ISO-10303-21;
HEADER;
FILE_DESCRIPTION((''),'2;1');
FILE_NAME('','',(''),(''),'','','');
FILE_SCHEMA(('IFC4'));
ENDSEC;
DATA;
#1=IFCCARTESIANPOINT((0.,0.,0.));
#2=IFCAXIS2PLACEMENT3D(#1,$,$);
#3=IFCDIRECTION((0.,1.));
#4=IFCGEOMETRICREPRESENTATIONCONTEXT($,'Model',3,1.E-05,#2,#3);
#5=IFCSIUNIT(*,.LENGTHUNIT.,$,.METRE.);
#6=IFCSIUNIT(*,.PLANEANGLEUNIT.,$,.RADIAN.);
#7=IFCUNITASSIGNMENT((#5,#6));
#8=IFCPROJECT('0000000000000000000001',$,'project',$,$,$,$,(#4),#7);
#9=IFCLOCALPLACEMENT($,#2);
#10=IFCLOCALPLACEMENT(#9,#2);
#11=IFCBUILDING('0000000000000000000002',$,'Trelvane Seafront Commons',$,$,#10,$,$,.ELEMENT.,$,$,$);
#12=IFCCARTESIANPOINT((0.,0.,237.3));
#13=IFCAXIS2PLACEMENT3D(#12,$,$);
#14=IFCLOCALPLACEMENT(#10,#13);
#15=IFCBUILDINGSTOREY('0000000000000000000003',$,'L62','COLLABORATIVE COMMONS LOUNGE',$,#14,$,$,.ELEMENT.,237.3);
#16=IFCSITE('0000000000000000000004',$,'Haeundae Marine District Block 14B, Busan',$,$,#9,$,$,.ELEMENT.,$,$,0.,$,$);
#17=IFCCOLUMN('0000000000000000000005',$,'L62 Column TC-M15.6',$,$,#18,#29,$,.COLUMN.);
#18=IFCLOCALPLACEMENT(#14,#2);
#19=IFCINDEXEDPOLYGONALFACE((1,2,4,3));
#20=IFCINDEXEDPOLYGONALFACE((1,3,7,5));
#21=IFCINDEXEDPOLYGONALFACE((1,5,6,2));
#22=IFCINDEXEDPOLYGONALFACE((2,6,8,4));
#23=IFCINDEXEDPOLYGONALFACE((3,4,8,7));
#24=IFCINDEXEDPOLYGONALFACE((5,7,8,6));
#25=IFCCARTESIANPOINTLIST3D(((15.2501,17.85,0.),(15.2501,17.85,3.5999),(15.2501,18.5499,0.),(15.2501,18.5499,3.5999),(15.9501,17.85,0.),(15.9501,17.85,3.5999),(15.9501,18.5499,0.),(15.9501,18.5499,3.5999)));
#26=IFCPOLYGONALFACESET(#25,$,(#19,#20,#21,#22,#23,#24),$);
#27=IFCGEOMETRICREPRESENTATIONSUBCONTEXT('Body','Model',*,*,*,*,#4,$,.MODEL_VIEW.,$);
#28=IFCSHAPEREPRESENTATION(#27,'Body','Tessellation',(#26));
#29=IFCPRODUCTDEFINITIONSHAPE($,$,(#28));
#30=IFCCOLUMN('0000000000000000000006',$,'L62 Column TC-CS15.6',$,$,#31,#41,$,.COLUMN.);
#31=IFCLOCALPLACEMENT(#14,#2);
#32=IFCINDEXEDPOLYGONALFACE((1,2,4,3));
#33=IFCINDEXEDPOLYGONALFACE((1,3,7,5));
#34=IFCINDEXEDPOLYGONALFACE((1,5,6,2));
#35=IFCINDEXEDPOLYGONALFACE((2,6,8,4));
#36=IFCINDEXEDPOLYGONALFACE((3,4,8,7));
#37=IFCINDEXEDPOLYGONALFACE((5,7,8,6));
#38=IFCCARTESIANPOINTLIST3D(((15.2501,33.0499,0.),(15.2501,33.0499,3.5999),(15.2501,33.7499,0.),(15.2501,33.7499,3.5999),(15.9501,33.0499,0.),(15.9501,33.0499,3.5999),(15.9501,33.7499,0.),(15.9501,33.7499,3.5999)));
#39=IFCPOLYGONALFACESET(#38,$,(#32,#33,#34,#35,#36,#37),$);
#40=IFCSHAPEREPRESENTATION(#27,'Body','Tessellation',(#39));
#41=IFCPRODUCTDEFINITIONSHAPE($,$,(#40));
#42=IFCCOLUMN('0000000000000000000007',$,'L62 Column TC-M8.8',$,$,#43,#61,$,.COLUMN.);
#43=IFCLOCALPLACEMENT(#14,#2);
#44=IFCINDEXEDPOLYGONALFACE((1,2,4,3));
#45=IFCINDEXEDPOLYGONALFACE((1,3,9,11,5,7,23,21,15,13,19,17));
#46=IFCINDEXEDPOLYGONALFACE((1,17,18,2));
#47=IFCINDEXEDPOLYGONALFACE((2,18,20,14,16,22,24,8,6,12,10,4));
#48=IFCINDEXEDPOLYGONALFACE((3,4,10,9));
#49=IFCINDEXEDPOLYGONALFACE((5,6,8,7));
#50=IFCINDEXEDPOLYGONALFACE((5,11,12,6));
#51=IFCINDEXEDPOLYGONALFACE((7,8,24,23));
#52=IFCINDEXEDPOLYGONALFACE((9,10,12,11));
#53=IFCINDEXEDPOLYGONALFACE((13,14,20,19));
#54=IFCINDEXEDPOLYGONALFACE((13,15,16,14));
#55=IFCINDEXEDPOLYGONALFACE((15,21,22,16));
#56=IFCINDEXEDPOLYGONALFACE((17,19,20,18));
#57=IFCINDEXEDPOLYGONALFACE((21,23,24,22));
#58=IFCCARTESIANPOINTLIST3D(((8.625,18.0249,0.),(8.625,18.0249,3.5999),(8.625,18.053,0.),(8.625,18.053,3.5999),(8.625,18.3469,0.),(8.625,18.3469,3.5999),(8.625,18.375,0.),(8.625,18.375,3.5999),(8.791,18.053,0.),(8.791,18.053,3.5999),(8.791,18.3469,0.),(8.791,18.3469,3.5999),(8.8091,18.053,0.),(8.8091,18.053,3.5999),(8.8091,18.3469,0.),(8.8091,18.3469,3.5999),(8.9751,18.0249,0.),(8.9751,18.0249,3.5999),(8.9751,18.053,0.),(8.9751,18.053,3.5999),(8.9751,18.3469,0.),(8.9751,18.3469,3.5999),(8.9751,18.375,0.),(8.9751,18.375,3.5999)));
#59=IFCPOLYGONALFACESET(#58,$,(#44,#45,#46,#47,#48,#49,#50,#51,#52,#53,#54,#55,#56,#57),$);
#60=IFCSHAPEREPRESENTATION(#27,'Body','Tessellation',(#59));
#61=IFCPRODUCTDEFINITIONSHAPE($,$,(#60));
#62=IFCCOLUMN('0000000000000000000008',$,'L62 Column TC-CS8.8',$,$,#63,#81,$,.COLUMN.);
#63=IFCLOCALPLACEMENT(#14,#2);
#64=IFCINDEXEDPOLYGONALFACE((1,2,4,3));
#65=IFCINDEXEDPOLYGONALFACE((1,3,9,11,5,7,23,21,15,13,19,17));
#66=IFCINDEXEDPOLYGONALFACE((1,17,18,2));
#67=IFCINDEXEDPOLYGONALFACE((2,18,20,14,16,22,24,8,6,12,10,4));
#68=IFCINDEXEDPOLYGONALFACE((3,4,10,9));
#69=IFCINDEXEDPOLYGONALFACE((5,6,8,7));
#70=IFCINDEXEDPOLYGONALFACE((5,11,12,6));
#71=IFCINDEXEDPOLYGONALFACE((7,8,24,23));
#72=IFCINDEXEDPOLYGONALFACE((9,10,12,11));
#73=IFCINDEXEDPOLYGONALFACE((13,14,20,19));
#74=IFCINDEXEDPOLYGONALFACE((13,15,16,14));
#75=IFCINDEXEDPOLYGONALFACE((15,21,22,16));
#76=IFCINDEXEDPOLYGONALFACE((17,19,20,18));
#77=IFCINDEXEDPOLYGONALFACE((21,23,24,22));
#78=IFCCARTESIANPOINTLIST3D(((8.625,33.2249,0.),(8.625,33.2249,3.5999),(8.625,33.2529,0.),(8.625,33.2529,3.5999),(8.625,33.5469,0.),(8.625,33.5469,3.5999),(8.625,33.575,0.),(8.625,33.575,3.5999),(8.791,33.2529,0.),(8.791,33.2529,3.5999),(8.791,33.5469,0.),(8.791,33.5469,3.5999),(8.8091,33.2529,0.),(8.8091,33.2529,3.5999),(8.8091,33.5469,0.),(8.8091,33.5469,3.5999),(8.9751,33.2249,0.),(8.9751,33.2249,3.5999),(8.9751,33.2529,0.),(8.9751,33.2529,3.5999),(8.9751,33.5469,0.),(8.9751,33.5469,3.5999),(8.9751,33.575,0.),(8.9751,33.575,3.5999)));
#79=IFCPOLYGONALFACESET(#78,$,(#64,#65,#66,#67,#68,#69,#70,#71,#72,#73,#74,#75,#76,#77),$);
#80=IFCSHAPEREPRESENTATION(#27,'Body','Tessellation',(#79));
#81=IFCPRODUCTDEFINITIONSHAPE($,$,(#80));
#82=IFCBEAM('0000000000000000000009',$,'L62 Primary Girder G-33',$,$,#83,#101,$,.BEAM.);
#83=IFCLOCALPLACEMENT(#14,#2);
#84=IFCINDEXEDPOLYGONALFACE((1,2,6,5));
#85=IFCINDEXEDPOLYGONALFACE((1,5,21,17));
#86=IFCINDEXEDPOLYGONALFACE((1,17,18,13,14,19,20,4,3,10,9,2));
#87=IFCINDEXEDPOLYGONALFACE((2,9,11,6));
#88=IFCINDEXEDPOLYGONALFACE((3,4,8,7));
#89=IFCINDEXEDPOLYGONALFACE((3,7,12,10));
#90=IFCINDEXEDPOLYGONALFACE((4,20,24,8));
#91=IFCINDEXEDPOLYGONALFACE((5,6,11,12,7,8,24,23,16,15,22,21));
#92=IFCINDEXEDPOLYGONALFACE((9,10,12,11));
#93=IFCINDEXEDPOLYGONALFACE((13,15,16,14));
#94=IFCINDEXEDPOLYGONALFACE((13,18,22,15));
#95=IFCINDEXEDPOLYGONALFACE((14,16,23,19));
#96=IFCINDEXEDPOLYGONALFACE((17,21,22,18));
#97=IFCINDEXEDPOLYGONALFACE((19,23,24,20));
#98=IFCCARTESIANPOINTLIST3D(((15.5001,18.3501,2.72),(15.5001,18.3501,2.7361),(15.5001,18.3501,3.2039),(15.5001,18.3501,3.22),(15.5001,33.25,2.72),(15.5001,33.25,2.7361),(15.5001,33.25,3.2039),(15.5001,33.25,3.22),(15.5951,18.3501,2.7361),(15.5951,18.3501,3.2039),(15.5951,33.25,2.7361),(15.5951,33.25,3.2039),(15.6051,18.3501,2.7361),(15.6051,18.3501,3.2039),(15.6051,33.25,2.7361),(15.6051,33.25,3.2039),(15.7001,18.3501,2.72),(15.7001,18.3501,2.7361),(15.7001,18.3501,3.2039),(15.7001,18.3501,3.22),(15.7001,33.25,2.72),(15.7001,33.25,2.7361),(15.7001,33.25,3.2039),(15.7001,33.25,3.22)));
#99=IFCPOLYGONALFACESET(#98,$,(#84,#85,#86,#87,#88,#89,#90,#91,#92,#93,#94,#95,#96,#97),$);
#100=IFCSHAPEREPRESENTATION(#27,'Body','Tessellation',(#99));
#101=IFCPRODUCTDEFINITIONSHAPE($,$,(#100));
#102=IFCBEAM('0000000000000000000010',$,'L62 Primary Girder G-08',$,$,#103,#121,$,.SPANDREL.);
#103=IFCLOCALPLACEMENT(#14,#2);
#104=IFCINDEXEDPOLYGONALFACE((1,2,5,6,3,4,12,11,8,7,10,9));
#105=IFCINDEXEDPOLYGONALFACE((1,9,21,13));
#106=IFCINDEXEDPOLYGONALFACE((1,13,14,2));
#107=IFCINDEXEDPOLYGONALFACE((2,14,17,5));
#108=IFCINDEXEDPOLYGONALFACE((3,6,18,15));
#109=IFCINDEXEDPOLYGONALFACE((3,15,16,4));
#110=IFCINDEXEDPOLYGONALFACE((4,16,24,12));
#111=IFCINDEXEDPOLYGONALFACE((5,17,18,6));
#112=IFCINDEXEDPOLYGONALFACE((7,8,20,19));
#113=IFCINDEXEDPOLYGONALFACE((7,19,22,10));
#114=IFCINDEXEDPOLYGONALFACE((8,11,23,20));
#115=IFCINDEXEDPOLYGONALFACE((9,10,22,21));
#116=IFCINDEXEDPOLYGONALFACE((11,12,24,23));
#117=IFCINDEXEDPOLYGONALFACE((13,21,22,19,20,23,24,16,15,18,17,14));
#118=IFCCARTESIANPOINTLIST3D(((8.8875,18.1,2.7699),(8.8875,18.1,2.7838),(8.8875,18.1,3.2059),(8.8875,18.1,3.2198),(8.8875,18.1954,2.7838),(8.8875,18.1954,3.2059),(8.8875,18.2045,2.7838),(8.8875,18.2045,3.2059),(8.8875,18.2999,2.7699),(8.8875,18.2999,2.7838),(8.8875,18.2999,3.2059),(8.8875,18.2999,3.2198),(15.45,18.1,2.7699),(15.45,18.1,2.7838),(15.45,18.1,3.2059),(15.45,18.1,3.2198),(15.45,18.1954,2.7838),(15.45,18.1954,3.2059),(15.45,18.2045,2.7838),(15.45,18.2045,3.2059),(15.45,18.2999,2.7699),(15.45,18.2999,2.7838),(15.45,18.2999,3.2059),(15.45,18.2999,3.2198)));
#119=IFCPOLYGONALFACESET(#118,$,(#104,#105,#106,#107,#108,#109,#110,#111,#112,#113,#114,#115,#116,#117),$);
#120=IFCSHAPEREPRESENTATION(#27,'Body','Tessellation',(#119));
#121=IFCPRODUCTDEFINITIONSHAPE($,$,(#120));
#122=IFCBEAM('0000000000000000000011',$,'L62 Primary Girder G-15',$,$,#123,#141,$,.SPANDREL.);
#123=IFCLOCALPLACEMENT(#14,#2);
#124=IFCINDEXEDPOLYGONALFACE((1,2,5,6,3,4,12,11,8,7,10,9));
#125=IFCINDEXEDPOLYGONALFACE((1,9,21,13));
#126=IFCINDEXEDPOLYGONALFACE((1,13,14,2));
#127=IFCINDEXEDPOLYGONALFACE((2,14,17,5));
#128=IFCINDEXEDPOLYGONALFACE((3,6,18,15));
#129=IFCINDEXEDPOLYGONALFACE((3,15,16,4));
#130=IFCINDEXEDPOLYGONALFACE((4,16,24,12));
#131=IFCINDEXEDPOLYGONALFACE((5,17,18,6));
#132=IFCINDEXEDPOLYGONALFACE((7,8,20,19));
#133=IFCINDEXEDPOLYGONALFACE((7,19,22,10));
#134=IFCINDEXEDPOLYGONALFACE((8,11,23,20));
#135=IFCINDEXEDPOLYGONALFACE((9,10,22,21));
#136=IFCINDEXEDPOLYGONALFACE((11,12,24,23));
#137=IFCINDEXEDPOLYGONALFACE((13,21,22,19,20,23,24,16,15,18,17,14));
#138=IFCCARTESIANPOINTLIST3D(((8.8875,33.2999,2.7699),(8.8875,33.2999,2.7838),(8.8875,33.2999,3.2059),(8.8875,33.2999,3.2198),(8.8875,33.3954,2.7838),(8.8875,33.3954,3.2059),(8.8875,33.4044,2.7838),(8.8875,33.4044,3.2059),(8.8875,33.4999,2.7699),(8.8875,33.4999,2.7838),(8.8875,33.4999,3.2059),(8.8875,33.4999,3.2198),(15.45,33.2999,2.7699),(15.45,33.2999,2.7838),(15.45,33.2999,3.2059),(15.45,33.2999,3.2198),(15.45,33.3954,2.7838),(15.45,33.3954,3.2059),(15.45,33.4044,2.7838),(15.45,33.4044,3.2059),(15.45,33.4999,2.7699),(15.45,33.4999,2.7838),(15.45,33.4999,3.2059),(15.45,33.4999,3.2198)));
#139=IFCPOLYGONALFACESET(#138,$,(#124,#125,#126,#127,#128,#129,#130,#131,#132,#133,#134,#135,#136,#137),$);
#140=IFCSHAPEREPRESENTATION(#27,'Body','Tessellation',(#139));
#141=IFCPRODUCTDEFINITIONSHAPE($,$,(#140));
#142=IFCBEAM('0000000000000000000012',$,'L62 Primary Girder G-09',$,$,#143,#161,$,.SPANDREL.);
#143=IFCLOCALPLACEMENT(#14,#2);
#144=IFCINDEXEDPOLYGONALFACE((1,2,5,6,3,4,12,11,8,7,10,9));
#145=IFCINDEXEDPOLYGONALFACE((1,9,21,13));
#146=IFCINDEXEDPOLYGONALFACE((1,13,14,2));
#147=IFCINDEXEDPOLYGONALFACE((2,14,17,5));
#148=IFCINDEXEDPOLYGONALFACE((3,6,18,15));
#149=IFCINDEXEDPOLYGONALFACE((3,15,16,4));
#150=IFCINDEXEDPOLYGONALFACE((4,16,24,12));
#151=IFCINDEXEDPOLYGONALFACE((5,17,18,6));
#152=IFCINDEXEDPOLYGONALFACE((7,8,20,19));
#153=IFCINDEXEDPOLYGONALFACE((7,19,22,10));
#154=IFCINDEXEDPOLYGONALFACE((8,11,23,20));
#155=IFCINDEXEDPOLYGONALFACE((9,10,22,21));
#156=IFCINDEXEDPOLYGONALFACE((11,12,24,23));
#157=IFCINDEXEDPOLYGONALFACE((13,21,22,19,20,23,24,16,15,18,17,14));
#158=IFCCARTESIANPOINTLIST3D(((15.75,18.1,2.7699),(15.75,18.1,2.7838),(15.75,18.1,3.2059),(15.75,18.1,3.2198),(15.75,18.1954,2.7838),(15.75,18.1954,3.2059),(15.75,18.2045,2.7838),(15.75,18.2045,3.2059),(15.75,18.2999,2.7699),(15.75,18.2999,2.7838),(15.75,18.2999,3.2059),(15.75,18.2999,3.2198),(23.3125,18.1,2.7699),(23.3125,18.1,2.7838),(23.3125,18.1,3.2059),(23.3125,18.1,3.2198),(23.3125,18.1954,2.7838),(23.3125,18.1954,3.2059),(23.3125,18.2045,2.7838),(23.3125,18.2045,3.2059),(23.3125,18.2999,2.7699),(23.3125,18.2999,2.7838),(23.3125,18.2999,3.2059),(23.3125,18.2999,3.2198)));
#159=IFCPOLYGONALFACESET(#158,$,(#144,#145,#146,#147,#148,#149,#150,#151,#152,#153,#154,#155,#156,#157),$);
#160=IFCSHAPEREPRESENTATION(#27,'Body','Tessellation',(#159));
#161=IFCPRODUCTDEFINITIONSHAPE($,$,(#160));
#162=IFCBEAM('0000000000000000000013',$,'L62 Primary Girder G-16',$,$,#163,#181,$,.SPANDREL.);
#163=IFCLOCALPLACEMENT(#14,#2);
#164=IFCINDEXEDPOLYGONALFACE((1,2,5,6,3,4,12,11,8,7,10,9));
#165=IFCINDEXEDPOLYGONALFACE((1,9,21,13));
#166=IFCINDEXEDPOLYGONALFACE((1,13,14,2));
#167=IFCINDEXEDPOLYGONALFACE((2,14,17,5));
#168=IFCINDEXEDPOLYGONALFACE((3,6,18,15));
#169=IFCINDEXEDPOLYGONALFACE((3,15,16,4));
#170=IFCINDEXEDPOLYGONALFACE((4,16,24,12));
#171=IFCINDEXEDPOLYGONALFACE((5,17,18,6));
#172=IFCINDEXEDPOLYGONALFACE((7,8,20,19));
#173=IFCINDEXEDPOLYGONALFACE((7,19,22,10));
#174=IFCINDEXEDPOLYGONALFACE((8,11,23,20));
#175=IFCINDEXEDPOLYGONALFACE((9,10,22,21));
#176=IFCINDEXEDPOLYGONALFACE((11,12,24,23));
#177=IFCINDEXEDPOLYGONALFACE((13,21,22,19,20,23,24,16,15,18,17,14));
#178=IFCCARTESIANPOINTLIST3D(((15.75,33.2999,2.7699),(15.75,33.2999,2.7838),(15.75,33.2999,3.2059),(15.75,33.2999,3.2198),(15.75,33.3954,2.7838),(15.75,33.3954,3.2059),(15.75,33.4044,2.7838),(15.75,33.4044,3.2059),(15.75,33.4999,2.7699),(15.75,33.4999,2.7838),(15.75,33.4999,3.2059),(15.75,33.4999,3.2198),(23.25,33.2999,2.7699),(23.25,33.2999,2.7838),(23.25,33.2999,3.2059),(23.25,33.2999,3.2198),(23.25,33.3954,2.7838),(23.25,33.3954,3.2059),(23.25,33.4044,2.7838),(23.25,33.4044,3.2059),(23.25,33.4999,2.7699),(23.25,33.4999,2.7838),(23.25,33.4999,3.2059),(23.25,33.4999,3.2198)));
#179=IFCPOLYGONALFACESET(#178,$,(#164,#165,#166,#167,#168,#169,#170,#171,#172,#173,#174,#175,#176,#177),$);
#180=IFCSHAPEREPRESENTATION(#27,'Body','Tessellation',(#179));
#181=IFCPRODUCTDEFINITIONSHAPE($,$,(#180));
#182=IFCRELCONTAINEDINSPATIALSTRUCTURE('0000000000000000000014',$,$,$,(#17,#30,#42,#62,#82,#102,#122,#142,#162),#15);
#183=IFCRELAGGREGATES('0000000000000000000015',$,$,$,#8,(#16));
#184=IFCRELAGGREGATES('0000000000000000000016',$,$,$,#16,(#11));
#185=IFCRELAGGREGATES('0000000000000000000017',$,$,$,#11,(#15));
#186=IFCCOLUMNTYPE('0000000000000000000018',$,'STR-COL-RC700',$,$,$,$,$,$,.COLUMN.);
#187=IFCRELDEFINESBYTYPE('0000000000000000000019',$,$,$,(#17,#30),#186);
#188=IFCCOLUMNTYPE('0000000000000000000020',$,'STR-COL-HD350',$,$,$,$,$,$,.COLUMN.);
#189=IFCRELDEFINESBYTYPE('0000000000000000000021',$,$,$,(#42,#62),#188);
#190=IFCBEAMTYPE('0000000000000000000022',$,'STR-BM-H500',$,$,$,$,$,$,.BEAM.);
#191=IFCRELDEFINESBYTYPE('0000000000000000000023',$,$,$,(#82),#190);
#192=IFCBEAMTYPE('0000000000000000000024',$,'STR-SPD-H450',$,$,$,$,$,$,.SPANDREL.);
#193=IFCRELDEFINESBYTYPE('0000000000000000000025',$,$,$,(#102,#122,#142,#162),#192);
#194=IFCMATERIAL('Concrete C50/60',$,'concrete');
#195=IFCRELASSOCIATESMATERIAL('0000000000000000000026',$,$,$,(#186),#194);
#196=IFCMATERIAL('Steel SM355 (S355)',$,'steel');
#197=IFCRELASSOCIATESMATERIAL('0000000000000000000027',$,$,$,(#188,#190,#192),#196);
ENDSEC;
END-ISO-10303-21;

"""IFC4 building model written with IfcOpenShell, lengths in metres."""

from ifc_helpers import new_model, si_unit, direction, frame, origin, origin_2d, place, context, subcontext, project, spatial, rectangle, i_section, extrude, source, transform, mapped, material, material_profile, profile_set, type_object, element, save


model = new_model("IFC4")

# Units and contexts
model_context = context("Model", 3, precision=1e-05, world=origin(), true_north=direction((0.0, 1.0)))
body_context = subcontext(model_context, "Body", "Model", "MODEL_VIEW")
ifc_project = project(units=[si_unit("LENGTHUNIT", "METRE"), si_unit("PLANEANGLEUNIT", "RADIAN")], contexts=[model_context])

# Site, building, storey
site_placement = place(None, origin())
site = spatial("IfcSite", under=ifc_project, at=site_placement, Name="Haeundae Marine District Block 14B, Busan", CompositionType="ELEMENT", RefElevation=0.0)
building_placement = place(site_placement, origin())
building = spatial("IfcBuilding", under=site, at=building_placement, Name="Trelvane Seafront Commons", CompositionType="ELEMENT")
storey_placement = place(building_placement, frame((0.0, 0.0, 237.3)))
storey = spatial("IfcBuildingStorey", under=building, at=storey_placement, Name="L62", Description="COLLABORATIVE COMMONS LOUNGE", CompositionType="ELEMENT", Elevation=237.3)

# Columns
ifc_material_1 = material(Name="Concrete C50/60", Category="concrete")
ifc_material_profile_1 = material_profile(ifc_material_1, rectangle(XDim=0.7, YDim=0.7, at=origin_2d()), Name="RC-700x700")
ifc_profile_set_1 = profile_set([ifc_material_profile_1], Name="Concrete C50/60")
column_type_1 = type_object("IfcColumnType", Name="STR-COL-RC700", PredefinedType="COLUMN", material=ifc_profile_set_1)
shared_shape_1 = source(origin(), body_context, "Body", "SweptSolid", [
    extrude(rectangle(XDim=0.7, YDim=0.7, at=origin_2d()), origin(), (0.0, 0.0, 1.0), 3.5999),
])
for number, where, z_axis, x_axis, name in (
    (1, (15.6001, 18.2, 0.0), (0.0, 0.0, 1.0), (1.0, 0.0, 0.0), "L62 Column TC-M15.6"),
    (2, (15.6001, 33.3999, 0.0), (0.0, 0.0, 1.0), (1.0, 0.0, 0.0), "L62 Column TC-CS15.6"),
):
    element("IfcColumn", number, at=place(storey_placement, frame(where, z_axis=z_axis, x_axis=x_axis)), inside=storey, type_object=column_type_1, Name=name, PredefinedType="COLUMN", context=body_context, shape_type="MappedRepresentation", body=[
        mapped(shared_shape_1, transform((0.0, 0.0, 0.0), x_axis=(1.0, 0.0, 0.0), y_axis=(0.0, 1.0, 0.0), z_axis=(0.0, 0.0, 1.0), scale=1.0)),
    ])
ifc_material_2 = material(Name="Steel SM355 (S355)", Category="steel")
ifc_material_profile_2 = material_profile(ifc_material_2, i_section(OverallWidth=0.3501, OverallDepth=0.3501, WebThickness=0.0181, FlangeThickness=0.0281, at=origin_2d()), Name="HD-350x350x18x28")
ifc_profile_set_2 = profile_set([ifc_material_profile_2], Name="Steel SM355 (S355)")
column_type_2 = type_object("IfcColumnType", Name="STR-COL-HD350", PredefinedType="COLUMN", material=ifc_profile_set_2)
shared_shape_2 = source(origin(), body_context, "Body", "SweptSolid", [
    extrude(i_section(OverallWidth=0.3501, OverallDepth=0.3501, WebThickness=0.0181, FlangeThickness=0.0281, at=origin_2d()), origin(), (0.0, 0.0, 1.0), 3.5999),
])
for number, where, z_axis, x_axis, name in (
    (3, (8.8, 18.2, 0.0), (0.0, 0.0, 1.0), (1.0, 0.0, 0.0), "L62 Column TC-M8.8"),
    (4, (8.8, 33.3999, 0.0), (0.0, 0.0, 1.0), (1.0, 0.0, 0.0), "L62 Column TC-CS8.8"),
):
    element("IfcColumn", number, at=place(storey_placement, frame(where, z_axis=z_axis, x_axis=x_axis)), inside=storey, type_object=column_type_2, Name=name, PredefinedType="COLUMN", context=body_context, shape_type="MappedRepresentation", body=[
        mapped(shared_shape_2, transform((0.0, 0.0, 0.0), x_axis=(1.0, 0.0, 0.0), y_axis=(0.0, 1.0, 0.0), z_axis=(0.0, 0.0, 1.0), scale=1.0)),
    ])

# Beams
ifc_material_profile_3 = material_profile(ifc_material_2, i_section(OverallWidth=0.2, OverallDepth=0.5, WebThickness=0.01, FlangeThickness=0.0161, at=origin_2d()), Name="H-500x200x10x16")
ifc_profile_set_3 = profile_set([ifc_material_profile_3], Name="Steel SM355 (S355)")
beam_type_1 = type_object("IfcBeamType", Name="STR-BM-H500", PredefinedType="BEAM", material=ifc_profile_set_3)
shared_shape_3 = source(origin(), body_context, "Body", "SweptSolid", [
    extrude(i_section(OverallWidth=0.2, OverallDepth=0.5, WebThickness=0.01, FlangeThickness=0.0161, at=origin_2d()), origin(), (0.0, 0.0, 1.0), 14.8999),
])
beam_1_placement = place(storey_placement, frame((15.6001, 18.3501, 2.97), z_axis=(0.0, 1.0, 0.0), x_axis=(-1.0, 0.0, 0.0)))
element("IfcBeam", 5, at=beam_1_placement, inside=storey, type_object=beam_type_1, Name="L62 Primary Girder G-33", PredefinedType="BEAM", context=body_context, shape_type="MappedRepresentation", body=[
    mapped(shared_shape_3, transform((0.0, 0.0, 0.0), x_axis=(1.0, 0.0, 0.0), y_axis=(0.0, 1.0, 0.0), z_axis=(0.0, 0.0, 1.0), scale=1.0)),
])
ifc_material_profile_4 = material_profile(ifc_material_2, i_section(OverallWidth=0.2, OverallDepth=0.45, WebThickness=0.009, FlangeThickness=0.0139, at=origin_2d()), Name="H-450x200x9x14")
ifc_profile_set_4 = profile_set([ifc_material_profile_4], Name="Steel SM355 (S355)")
beam_type_2 = type_object("IfcBeamType", Name="STR-SPD-H450", PredefinedType="SPANDREL", material=ifc_profile_set_4)
shared_shape_4 = source(origin(), body_context, "Body", "SweptSolid", [
    extrude(i_section(OverallWidth=0.2, OverallDepth=0.45, WebThickness=0.009, FlangeThickness=0.0139, at=origin_2d()), origin(), (0.0, 0.0, 1.0), 6.5625),
])
for number, where, z_axis, x_axis, name in (
    (6, (8.8875, 18.2, 2.9949), (1.0, 0.0, 0.0), (0.0, 1.0, 0.0), "L62 Primary Girder G-08"),
    (7, (8.8875, 33.3999, 2.9949), (1.0, 0.0, 0.0), (0.0, 1.0, 0.0), "L62 Primary Girder G-15"),
):
    element("IfcBeam", number, at=place(storey_placement, frame(where, z_axis=z_axis, x_axis=x_axis)), inside=storey, type_object=beam_type_2, Name=name, PredefinedType="SPANDREL", context=body_context, shape_type="MappedRepresentation", body=[
        mapped(shared_shape_4, transform((0.0, 0.0, 0.0), x_axis=(1.0, 0.0, 0.0), y_axis=(0.0, 1.0, 0.0), z_axis=(0.0, 0.0, 1.0), scale=1.0)),
    ])
shared_shape_5 = source(origin(), body_context, "Body", "SweptSolid", [
    extrude(i_section(OverallWidth=0.2, OverallDepth=0.45, WebThickness=0.009, FlangeThickness=0.0139, at=origin_2d()), origin(), (0.0, 0.0, 1.0), 7.5625),
])
beam_2_placement = place(storey_placement, frame((15.75, 18.2, 2.9949), z_axis=(1.0, 0.0, 0.0), x_axis=(0.0, 1.0, 0.0)))
element("IfcBeam", 8, at=beam_2_placement, inside=storey, type_object=beam_type_2, Name="L62 Primary Girder G-09", PredefinedType="SPANDREL", context=body_context, shape_type="MappedRepresentation", body=[
    mapped(shared_shape_5, transform((0.0, 0.0, 0.0), x_axis=(1.0, 0.0, 0.0), y_axis=(0.0, 1.0, 0.0), z_axis=(0.0, 0.0, 1.0), scale=1.0)),
])
shared_shape_6 = source(origin(), body_context, "Body", "SweptSolid", [
    extrude(i_section(OverallWidth=0.2, OverallDepth=0.45, WebThickness=0.009, FlangeThickness=0.0139, at=origin_2d()), origin(), (0.0, 0.0, 1.0), 7.5),
])
beam_3_placement = place(storey_placement, frame((15.75, 33.3999, 2.9949), z_axis=(1.0, 0.0, 0.0), x_axis=(0.0, 1.0, 0.0)))
element("IfcBeam", 9, at=beam_3_placement, inside=storey, type_object=beam_type_2, Name="L62 Primary Girder G-16", PredefinedType="SPANDREL", context=body_context, shape_type="MappedRepresentation", body=[
    mapped(shared_shape_6, transform((0.0, 0.0, 0.0), x_axis=(1.0, 0.0, 0.0), y_axis=(0.0, 1.0, 0.0), z_axis=(0.0, 0.0, 1.0), scale=1.0)),
])

save(model, "model.ifc")
